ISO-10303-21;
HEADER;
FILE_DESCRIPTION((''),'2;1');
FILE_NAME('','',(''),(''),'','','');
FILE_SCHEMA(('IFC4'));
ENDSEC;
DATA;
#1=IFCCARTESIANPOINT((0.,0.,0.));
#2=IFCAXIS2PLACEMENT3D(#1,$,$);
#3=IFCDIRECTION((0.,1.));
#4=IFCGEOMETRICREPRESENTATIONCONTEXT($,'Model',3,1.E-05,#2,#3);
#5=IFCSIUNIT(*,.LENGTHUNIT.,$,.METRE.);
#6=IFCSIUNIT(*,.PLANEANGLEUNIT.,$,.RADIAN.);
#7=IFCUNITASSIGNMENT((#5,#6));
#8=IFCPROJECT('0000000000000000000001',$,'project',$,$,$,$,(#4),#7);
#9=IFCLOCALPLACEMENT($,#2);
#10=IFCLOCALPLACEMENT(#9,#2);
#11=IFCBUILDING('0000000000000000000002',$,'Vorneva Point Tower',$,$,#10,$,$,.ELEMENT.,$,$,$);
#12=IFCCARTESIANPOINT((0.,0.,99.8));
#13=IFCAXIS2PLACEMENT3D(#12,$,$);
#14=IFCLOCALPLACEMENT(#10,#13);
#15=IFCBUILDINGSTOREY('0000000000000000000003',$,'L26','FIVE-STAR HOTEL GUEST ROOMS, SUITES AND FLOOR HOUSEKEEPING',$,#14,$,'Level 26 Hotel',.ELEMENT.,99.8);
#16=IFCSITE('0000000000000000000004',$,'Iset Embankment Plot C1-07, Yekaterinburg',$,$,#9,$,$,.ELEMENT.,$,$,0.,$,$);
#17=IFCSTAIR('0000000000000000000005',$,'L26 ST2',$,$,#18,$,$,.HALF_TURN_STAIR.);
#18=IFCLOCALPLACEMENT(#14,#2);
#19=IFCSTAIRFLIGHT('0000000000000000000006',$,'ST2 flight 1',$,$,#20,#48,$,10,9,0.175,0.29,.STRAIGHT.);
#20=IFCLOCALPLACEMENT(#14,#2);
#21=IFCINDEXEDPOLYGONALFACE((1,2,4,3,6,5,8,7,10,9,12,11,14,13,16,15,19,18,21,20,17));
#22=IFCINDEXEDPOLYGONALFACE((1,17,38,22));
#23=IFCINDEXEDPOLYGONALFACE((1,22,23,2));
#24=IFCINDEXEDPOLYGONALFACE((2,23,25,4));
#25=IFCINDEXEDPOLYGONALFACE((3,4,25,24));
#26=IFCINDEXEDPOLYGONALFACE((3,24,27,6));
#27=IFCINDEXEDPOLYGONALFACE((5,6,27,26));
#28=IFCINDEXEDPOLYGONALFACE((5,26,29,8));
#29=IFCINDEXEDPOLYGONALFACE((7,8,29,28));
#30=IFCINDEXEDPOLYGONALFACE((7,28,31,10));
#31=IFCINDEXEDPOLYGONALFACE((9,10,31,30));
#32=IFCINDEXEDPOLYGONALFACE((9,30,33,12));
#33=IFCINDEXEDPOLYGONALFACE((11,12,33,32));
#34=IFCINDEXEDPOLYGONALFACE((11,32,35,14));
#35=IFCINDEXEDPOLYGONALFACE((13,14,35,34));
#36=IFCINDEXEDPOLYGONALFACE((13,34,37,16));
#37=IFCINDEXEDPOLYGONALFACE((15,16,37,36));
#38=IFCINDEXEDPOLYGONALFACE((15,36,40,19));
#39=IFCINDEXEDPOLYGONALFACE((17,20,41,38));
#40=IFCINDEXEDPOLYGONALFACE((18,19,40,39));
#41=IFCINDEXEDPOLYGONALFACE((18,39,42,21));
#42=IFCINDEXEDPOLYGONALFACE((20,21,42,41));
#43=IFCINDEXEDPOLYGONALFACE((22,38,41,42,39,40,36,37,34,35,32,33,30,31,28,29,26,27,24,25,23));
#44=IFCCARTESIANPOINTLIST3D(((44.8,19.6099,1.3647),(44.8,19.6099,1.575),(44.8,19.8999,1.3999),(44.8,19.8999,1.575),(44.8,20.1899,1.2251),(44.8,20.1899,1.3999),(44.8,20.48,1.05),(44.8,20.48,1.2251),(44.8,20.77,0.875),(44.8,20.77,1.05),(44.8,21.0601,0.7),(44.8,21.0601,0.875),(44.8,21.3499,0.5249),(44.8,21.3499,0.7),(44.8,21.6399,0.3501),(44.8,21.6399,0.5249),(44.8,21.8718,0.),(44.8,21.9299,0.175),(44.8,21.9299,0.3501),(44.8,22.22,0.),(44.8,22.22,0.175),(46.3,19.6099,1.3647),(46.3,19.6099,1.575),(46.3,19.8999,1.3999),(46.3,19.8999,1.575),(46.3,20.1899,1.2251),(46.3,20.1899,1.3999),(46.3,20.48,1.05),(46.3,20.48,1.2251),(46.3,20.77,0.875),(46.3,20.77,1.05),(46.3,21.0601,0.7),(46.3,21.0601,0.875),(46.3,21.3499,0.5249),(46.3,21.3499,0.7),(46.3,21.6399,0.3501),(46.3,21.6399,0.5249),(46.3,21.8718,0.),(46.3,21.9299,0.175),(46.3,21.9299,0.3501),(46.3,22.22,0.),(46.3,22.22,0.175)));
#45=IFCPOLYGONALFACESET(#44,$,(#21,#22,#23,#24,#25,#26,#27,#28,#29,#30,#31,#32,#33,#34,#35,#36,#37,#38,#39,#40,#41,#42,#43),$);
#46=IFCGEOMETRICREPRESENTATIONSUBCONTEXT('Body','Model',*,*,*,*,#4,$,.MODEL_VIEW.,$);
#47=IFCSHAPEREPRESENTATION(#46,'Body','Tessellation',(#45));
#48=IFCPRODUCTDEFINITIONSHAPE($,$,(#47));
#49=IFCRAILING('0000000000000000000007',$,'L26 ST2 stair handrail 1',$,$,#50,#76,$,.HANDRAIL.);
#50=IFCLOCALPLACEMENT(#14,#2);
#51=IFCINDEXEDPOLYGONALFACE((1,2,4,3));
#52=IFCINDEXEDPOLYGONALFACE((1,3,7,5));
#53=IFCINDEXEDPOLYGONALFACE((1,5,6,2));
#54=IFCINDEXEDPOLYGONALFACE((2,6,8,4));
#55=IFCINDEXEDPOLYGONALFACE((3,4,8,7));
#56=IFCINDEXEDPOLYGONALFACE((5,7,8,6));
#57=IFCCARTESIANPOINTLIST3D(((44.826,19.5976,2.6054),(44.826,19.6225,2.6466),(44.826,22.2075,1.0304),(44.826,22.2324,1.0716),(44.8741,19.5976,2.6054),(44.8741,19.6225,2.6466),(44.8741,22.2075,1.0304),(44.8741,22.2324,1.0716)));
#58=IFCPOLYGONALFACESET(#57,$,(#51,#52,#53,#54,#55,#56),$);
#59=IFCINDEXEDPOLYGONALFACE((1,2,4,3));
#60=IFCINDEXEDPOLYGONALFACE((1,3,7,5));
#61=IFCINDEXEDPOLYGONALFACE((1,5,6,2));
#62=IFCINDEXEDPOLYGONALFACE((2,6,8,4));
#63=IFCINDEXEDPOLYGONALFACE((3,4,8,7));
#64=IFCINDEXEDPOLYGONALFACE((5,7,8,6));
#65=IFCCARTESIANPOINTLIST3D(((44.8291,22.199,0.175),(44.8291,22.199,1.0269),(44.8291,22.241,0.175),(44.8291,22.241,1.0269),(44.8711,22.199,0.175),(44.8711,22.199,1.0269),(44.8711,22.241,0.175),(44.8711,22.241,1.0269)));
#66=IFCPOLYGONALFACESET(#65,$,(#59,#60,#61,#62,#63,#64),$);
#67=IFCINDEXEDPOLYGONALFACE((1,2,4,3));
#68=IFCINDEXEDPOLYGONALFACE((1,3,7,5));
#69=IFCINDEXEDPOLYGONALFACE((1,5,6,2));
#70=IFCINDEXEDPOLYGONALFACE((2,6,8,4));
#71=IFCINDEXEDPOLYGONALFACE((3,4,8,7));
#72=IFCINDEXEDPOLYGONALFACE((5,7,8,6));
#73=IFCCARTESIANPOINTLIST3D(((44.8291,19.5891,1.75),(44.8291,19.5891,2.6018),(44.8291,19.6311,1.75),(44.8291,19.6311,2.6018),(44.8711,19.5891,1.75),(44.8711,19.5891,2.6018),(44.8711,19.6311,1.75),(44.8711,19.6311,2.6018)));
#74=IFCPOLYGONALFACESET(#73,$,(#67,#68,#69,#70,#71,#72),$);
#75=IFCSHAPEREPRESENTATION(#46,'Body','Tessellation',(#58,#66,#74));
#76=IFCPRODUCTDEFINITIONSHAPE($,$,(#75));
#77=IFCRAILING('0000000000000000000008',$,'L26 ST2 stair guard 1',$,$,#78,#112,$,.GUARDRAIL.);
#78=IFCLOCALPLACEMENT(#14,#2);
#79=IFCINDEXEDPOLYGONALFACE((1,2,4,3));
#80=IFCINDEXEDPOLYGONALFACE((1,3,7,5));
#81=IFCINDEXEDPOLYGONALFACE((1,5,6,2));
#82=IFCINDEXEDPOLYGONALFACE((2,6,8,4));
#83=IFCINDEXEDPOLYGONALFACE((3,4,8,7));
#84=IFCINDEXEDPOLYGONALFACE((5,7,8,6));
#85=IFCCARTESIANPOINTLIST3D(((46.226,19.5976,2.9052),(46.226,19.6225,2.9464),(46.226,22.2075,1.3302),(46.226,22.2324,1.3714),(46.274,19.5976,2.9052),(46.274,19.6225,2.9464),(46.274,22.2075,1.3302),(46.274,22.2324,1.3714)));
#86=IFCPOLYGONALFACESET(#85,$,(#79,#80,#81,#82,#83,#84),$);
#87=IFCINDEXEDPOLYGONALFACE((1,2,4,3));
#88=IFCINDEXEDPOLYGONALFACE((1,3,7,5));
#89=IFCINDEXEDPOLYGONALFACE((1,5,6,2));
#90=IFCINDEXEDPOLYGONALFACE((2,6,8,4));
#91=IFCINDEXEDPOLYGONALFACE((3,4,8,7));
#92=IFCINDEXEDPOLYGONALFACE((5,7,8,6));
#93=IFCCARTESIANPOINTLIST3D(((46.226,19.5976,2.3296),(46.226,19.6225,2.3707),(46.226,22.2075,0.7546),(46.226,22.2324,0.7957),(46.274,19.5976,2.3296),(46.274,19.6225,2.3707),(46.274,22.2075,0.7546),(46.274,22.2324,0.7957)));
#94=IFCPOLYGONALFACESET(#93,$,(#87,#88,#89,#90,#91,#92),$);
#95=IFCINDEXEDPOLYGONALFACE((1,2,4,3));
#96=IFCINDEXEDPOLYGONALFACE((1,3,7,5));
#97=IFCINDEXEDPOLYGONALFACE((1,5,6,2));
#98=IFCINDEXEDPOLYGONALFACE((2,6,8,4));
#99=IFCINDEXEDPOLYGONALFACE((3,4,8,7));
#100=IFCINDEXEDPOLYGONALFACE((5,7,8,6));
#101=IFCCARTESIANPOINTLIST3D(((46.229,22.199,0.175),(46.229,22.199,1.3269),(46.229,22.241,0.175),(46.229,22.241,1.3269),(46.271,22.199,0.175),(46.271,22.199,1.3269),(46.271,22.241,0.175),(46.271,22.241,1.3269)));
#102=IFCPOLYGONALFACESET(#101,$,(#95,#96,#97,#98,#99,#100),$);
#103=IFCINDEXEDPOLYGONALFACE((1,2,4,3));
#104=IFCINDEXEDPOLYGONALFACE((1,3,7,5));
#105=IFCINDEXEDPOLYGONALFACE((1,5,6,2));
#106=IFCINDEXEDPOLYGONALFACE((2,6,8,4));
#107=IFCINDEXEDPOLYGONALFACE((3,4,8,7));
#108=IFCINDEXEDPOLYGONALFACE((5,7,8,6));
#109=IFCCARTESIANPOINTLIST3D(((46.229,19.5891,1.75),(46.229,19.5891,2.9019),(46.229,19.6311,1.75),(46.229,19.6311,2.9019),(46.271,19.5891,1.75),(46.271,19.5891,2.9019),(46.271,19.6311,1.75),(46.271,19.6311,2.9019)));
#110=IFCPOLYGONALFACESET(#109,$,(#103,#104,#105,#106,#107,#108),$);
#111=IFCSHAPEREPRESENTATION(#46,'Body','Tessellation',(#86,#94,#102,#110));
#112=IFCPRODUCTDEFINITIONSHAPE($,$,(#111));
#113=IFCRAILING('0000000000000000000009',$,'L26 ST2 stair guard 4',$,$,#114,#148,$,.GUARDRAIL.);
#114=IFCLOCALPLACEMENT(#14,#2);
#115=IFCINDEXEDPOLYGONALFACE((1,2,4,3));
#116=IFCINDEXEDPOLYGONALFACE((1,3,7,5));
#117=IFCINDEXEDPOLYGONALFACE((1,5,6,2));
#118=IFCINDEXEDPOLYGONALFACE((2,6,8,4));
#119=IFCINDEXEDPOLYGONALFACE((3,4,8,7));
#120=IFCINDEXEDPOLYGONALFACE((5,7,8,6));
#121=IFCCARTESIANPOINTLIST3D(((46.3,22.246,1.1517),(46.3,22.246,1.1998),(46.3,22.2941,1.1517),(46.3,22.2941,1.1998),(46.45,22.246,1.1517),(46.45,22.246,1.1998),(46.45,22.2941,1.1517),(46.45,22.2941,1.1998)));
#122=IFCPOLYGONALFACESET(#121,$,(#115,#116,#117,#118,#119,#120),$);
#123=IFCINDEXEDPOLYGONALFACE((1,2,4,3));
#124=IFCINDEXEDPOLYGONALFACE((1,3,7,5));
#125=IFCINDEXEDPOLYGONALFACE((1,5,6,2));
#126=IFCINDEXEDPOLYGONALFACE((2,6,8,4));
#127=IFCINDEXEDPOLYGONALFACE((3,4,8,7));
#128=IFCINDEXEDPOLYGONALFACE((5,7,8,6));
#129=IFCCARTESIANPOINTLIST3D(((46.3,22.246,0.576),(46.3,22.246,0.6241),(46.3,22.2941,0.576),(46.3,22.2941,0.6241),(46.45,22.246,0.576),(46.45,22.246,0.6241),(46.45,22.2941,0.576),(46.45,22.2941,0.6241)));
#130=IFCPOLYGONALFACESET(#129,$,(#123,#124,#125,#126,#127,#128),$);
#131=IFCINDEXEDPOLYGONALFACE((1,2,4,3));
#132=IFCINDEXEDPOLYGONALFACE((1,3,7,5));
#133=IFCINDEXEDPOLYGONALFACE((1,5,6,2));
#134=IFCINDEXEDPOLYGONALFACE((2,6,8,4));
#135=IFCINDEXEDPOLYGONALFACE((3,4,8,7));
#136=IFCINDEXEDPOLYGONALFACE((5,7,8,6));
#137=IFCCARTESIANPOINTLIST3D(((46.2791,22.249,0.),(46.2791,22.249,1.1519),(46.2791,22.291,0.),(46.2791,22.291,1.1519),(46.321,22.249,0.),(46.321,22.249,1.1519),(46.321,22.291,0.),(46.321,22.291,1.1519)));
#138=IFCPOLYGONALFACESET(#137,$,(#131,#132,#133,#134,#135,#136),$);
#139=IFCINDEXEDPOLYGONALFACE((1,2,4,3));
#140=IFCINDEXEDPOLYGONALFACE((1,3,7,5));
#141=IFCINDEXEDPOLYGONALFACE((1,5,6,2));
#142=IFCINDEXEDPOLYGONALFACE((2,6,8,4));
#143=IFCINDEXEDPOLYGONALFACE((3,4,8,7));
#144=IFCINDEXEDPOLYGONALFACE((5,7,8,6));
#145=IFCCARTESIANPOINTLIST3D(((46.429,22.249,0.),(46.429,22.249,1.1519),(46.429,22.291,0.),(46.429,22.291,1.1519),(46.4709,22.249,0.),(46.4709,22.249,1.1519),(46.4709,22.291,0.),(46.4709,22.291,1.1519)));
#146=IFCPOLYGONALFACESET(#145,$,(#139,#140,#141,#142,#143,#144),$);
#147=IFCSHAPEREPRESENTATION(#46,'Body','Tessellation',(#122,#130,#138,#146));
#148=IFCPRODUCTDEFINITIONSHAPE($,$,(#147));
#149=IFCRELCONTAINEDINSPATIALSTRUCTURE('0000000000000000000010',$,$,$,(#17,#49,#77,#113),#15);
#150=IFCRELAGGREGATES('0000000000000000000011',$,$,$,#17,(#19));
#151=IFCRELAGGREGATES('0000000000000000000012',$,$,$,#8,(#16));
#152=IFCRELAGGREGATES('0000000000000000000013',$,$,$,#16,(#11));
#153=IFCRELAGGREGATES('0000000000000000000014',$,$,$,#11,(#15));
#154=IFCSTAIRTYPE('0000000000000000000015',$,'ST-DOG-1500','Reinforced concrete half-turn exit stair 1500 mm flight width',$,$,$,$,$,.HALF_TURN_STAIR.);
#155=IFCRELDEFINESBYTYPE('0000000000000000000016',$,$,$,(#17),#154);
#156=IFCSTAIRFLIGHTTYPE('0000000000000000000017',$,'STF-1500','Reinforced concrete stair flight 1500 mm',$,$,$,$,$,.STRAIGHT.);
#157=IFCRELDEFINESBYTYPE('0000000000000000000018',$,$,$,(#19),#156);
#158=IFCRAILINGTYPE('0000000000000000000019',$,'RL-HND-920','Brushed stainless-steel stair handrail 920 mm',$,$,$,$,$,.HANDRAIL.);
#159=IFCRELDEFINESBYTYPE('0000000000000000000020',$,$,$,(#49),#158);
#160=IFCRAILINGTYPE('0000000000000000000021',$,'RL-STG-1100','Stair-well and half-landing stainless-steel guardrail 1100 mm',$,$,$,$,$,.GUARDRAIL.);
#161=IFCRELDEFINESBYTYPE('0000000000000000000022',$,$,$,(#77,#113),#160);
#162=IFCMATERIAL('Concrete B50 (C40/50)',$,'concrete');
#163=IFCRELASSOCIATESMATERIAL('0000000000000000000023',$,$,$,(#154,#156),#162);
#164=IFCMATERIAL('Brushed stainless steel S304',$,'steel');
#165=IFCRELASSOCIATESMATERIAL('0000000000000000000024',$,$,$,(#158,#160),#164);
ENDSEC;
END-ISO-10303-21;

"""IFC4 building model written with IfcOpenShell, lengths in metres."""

from ifc_helpers import new_model, si_unit, direction, frame, origin, origin_2d, place, context, subcontext, project, spatial, polyline, rectangle, outline, extrude, material, type_object, element, aggregate, save


model = new_model("IFC4")

# Units and contexts
model_context = context("Model", 3, precision=1e-05, world=origin(), true_north=direction((0.0, 1.0)))
body_context = subcontext(model_context, "Body", "Model", "MODEL_VIEW")
ifc_project = project(units=[si_unit("LENGTHUNIT", "METRE"), si_unit("PLANEANGLEUNIT", "RADIAN")], contexts=[model_context])

# Site, building, storey
site_placement = place(None, origin())
site = spatial("IfcSite", under=ifc_project, at=site_placement, Name="Iset Embankment Plot C1-07, Yekaterinburg", CompositionType="ELEMENT", RefElevation=0.0)
building_placement = place(site_placement, origin())
building = spatial("IfcBuilding", under=site, at=building_placement, Name="Vorneva Point Tower", CompositionType="ELEMENT")
storey_placement = place(building_placement, frame((0.0, 0.0, 99.8)))
storey = spatial("IfcBuildingStorey", under=building, at=storey_placement, Name="L26", Description="FIVE-STAR HOTEL GUEST ROOMS, SUITES AND FLOOR HOUSEKEEPING", LongName="Level 26 Hotel", CompositionType="ELEMENT", Elevation=99.8)

# Shared definitions
ifc_material_1 = material(Name="Concrete B50 (C40/50)", Category="concrete")
ifc_material_2 = material(Name="Brushed stainless steel S304", Category="steel")

# Stair, stair flight
stair_type = type_object("IfcStairType", Name="ST-DOG-1500", Description="Reinforced concrete half-turn exit stair 1500 mm flight width", PredefinedType="HALF_TURN_STAIR", material=ifc_material_1)
stair_placement = place(storey_placement, origin())
stair = element("IfcStair", 1, at=stair_placement, inside=storey, type_object=stair_type, Name="L26 ST2", PredefinedType="HALF_TURN_STAIR")
stair_flight_type = type_object("IfcStairFlightType", Name="STF-1500", Description="Reinforced concrete stair flight 1500 mm", PredefinedType="STRAIGHT", material=ifc_material_1)
stair_flight_placement = place(storey_placement, frame((45.55, 22.22, 0.0), z_axis=(0.0, 0.0, 1.0), x_axis=(0.0, -1.0, 0.0)))
stair_flight = element("IfcStairFlight", 2, at=stair_flight_placement, type_object=stair_flight_type, Name="ST2 flight 1", NumberOfRisers=10, NumberOfTreads=9, PredefinedType="STRAIGHT", RiserHeight=0.175, TreadLength=0.29, context=body_context, shape_type="SweptSolid", body=[
    extrude(outline(polyline([(0.0, 0.0), (0.0, 0.175), (0.29, 0.175), (0.29, 0.3501), (0.5801, 0.3501), (0.5801, 0.5249), (0.8701, 0.5249), (0.8701, 0.7), (1.1599, 0.7), (1.1599, 0.875), (1.45, 0.875), (1.45, 1.05), (1.74, 1.05), (1.74, 1.2251), (2.03, 1.2251), (2.03, 1.3999), (2.3201, 1.3999), (2.3201, 1.575), (2.6101, 1.575), (2.6101, 1.75), (2.6101, 1.3647), (0.3481, 0.0), (0.0, 0.0)])), frame((0.0, 0.75, 0.0), z_axis=(0.0, -1.0, 0.0), x_axis=(1.0, 0.0, 0.0)), (0.0, 0.0, 1.0), 1.5),
])
aggregate(stair, [stair_flight])

# Railings
railing_type_1 = type_object("IfcRailingType", Name="RL-HND-920", Description="Brushed stainless-steel stair handrail 920 mm", PredefinedType="HANDRAIL", material=ifc_material_2)
railing_1_placement = place(storey_placement, frame((44.8501, 22.22, 0.175)))
element("IfcRailing", 3, at=railing_1_placement, inside=storey, type_object=railing_type_1, Name="L26 ST2 stair handrail 1", PredefinedType="HANDRAIL", context=body_context, shape_type="SweptSolid", body=[
    extrude(rectangle(XDim=0.0481, YDim=0.0481, at=origin_2d()), frame((0.0, 0.0, 0.876), z_axis=(0.0, -0.856183, 0.516673), x_axis=(1.0, 0.0, 0.0)), (0.0, 0.0, 1.0), 3.0483),
    extrude(rectangle(XDim=0.042, YDim=0.042, at=origin_2d()), origin(), (0.0, 0.0, 1.0), 0.8518),
    extrude(rectangle(XDim=0.042, YDim=0.042, at=origin_2d()), frame((0.0, -2.6099, 1.575)), (0.0, 0.0, 1.0), 0.8518),
])
railing_type_2 = type_object("IfcRailingType", Name="RL-STG-1100", Description="Stair-well and half-landing stainless-steel guardrail 1100 mm", PredefinedType="GUARDRAIL", material=ifc_material_2)
railing_2_placement = place(storey_placement, frame((46.25, 22.22, 0.175)))
element("IfcRailing", 4, at=railing_2_placement, inside=storey, type_object=railing_type_2, Name="L26 ST2 stair guard 1", PredefinedType="GUARDRAIL", context=body_context, shape_type="SweptSolid", body=[
    extrude(rectangle(XDim=0.0481, YDim=0.0481, at=origin_2d()), frame((0.0, 0.0, 1.1758), z_axis=(0.0, -0.856183, 0.516673), x_axis=(1.0, 0.0, 0.0)), (0.0, 0.0, 1.0), 3.0483),
    extrude(rectangle(XDim=0.0481, YDim=0.0481, at=origin_2d()), frame((0.0, 0.0, 0.6001), z_axis=(0.0, -0.856183, 0.516673), x_axis=(1.0, 0.0, 0.0)), (0.0, 0.0, 1.0), 3.0483),
    extrude(rectangle(XDim=0.042, YDim=0.042, at=origin_2d()), origin(), (0.0, 0.0, 1.0), 1.1519),
    extrude(rectangle(XDim=0.042, YDim=0.042, at=origin_2d()), frame((0.0, -2.6099, 1.575)), (0.0, 0.0, 1.0), 1.1519),
])
railing_3_placement = place(storey_placement, frame((46.3, 22.27, 0.0)))
element("IfcRailing", 5, at=railing_3_placement, inside=storey, type_object=railing_type_2, Name="L26 ST2 stair guard 4", PredefinedType="GUARDRAIL", context=body_context, shape_type="SweptSolid", body=[
    extrude(rectangle(XDim=0.0481, YDim=0.0481, at=origin_2d()), frame((0.0, 0.0, 1.1758), z_axis=(1.0, 0.0, 0.0), x_axis=(0.0, 1.0, 0.0)), (0.0, 0.0, 1.0), 0.1499),
    extrude(rectangle(XDim=0.0481, YDim=0.0481, at=origin_2d()), frame((0.0, 0.0, 0.6001), z_axis=(1.0, 0.0, 0.0), x_axis=(0.0, 1.0, 0.0)), (0.0, 0.0, 1.0), 0.1499),
    extrude(rectangle(XDim=0.042, YDim=0.042, at=origin_2d()), origin(), (0.0, 0.0, 1.0), 1.1519),
    extrude(rectangle(XDim=0.042, YDim=0.042, at=origin_2d()), frame((0.1499, 0.0, 0.0)), (0.0, 0.0, 1.0), 1.1519),
])

save(model, "model.ifc")
